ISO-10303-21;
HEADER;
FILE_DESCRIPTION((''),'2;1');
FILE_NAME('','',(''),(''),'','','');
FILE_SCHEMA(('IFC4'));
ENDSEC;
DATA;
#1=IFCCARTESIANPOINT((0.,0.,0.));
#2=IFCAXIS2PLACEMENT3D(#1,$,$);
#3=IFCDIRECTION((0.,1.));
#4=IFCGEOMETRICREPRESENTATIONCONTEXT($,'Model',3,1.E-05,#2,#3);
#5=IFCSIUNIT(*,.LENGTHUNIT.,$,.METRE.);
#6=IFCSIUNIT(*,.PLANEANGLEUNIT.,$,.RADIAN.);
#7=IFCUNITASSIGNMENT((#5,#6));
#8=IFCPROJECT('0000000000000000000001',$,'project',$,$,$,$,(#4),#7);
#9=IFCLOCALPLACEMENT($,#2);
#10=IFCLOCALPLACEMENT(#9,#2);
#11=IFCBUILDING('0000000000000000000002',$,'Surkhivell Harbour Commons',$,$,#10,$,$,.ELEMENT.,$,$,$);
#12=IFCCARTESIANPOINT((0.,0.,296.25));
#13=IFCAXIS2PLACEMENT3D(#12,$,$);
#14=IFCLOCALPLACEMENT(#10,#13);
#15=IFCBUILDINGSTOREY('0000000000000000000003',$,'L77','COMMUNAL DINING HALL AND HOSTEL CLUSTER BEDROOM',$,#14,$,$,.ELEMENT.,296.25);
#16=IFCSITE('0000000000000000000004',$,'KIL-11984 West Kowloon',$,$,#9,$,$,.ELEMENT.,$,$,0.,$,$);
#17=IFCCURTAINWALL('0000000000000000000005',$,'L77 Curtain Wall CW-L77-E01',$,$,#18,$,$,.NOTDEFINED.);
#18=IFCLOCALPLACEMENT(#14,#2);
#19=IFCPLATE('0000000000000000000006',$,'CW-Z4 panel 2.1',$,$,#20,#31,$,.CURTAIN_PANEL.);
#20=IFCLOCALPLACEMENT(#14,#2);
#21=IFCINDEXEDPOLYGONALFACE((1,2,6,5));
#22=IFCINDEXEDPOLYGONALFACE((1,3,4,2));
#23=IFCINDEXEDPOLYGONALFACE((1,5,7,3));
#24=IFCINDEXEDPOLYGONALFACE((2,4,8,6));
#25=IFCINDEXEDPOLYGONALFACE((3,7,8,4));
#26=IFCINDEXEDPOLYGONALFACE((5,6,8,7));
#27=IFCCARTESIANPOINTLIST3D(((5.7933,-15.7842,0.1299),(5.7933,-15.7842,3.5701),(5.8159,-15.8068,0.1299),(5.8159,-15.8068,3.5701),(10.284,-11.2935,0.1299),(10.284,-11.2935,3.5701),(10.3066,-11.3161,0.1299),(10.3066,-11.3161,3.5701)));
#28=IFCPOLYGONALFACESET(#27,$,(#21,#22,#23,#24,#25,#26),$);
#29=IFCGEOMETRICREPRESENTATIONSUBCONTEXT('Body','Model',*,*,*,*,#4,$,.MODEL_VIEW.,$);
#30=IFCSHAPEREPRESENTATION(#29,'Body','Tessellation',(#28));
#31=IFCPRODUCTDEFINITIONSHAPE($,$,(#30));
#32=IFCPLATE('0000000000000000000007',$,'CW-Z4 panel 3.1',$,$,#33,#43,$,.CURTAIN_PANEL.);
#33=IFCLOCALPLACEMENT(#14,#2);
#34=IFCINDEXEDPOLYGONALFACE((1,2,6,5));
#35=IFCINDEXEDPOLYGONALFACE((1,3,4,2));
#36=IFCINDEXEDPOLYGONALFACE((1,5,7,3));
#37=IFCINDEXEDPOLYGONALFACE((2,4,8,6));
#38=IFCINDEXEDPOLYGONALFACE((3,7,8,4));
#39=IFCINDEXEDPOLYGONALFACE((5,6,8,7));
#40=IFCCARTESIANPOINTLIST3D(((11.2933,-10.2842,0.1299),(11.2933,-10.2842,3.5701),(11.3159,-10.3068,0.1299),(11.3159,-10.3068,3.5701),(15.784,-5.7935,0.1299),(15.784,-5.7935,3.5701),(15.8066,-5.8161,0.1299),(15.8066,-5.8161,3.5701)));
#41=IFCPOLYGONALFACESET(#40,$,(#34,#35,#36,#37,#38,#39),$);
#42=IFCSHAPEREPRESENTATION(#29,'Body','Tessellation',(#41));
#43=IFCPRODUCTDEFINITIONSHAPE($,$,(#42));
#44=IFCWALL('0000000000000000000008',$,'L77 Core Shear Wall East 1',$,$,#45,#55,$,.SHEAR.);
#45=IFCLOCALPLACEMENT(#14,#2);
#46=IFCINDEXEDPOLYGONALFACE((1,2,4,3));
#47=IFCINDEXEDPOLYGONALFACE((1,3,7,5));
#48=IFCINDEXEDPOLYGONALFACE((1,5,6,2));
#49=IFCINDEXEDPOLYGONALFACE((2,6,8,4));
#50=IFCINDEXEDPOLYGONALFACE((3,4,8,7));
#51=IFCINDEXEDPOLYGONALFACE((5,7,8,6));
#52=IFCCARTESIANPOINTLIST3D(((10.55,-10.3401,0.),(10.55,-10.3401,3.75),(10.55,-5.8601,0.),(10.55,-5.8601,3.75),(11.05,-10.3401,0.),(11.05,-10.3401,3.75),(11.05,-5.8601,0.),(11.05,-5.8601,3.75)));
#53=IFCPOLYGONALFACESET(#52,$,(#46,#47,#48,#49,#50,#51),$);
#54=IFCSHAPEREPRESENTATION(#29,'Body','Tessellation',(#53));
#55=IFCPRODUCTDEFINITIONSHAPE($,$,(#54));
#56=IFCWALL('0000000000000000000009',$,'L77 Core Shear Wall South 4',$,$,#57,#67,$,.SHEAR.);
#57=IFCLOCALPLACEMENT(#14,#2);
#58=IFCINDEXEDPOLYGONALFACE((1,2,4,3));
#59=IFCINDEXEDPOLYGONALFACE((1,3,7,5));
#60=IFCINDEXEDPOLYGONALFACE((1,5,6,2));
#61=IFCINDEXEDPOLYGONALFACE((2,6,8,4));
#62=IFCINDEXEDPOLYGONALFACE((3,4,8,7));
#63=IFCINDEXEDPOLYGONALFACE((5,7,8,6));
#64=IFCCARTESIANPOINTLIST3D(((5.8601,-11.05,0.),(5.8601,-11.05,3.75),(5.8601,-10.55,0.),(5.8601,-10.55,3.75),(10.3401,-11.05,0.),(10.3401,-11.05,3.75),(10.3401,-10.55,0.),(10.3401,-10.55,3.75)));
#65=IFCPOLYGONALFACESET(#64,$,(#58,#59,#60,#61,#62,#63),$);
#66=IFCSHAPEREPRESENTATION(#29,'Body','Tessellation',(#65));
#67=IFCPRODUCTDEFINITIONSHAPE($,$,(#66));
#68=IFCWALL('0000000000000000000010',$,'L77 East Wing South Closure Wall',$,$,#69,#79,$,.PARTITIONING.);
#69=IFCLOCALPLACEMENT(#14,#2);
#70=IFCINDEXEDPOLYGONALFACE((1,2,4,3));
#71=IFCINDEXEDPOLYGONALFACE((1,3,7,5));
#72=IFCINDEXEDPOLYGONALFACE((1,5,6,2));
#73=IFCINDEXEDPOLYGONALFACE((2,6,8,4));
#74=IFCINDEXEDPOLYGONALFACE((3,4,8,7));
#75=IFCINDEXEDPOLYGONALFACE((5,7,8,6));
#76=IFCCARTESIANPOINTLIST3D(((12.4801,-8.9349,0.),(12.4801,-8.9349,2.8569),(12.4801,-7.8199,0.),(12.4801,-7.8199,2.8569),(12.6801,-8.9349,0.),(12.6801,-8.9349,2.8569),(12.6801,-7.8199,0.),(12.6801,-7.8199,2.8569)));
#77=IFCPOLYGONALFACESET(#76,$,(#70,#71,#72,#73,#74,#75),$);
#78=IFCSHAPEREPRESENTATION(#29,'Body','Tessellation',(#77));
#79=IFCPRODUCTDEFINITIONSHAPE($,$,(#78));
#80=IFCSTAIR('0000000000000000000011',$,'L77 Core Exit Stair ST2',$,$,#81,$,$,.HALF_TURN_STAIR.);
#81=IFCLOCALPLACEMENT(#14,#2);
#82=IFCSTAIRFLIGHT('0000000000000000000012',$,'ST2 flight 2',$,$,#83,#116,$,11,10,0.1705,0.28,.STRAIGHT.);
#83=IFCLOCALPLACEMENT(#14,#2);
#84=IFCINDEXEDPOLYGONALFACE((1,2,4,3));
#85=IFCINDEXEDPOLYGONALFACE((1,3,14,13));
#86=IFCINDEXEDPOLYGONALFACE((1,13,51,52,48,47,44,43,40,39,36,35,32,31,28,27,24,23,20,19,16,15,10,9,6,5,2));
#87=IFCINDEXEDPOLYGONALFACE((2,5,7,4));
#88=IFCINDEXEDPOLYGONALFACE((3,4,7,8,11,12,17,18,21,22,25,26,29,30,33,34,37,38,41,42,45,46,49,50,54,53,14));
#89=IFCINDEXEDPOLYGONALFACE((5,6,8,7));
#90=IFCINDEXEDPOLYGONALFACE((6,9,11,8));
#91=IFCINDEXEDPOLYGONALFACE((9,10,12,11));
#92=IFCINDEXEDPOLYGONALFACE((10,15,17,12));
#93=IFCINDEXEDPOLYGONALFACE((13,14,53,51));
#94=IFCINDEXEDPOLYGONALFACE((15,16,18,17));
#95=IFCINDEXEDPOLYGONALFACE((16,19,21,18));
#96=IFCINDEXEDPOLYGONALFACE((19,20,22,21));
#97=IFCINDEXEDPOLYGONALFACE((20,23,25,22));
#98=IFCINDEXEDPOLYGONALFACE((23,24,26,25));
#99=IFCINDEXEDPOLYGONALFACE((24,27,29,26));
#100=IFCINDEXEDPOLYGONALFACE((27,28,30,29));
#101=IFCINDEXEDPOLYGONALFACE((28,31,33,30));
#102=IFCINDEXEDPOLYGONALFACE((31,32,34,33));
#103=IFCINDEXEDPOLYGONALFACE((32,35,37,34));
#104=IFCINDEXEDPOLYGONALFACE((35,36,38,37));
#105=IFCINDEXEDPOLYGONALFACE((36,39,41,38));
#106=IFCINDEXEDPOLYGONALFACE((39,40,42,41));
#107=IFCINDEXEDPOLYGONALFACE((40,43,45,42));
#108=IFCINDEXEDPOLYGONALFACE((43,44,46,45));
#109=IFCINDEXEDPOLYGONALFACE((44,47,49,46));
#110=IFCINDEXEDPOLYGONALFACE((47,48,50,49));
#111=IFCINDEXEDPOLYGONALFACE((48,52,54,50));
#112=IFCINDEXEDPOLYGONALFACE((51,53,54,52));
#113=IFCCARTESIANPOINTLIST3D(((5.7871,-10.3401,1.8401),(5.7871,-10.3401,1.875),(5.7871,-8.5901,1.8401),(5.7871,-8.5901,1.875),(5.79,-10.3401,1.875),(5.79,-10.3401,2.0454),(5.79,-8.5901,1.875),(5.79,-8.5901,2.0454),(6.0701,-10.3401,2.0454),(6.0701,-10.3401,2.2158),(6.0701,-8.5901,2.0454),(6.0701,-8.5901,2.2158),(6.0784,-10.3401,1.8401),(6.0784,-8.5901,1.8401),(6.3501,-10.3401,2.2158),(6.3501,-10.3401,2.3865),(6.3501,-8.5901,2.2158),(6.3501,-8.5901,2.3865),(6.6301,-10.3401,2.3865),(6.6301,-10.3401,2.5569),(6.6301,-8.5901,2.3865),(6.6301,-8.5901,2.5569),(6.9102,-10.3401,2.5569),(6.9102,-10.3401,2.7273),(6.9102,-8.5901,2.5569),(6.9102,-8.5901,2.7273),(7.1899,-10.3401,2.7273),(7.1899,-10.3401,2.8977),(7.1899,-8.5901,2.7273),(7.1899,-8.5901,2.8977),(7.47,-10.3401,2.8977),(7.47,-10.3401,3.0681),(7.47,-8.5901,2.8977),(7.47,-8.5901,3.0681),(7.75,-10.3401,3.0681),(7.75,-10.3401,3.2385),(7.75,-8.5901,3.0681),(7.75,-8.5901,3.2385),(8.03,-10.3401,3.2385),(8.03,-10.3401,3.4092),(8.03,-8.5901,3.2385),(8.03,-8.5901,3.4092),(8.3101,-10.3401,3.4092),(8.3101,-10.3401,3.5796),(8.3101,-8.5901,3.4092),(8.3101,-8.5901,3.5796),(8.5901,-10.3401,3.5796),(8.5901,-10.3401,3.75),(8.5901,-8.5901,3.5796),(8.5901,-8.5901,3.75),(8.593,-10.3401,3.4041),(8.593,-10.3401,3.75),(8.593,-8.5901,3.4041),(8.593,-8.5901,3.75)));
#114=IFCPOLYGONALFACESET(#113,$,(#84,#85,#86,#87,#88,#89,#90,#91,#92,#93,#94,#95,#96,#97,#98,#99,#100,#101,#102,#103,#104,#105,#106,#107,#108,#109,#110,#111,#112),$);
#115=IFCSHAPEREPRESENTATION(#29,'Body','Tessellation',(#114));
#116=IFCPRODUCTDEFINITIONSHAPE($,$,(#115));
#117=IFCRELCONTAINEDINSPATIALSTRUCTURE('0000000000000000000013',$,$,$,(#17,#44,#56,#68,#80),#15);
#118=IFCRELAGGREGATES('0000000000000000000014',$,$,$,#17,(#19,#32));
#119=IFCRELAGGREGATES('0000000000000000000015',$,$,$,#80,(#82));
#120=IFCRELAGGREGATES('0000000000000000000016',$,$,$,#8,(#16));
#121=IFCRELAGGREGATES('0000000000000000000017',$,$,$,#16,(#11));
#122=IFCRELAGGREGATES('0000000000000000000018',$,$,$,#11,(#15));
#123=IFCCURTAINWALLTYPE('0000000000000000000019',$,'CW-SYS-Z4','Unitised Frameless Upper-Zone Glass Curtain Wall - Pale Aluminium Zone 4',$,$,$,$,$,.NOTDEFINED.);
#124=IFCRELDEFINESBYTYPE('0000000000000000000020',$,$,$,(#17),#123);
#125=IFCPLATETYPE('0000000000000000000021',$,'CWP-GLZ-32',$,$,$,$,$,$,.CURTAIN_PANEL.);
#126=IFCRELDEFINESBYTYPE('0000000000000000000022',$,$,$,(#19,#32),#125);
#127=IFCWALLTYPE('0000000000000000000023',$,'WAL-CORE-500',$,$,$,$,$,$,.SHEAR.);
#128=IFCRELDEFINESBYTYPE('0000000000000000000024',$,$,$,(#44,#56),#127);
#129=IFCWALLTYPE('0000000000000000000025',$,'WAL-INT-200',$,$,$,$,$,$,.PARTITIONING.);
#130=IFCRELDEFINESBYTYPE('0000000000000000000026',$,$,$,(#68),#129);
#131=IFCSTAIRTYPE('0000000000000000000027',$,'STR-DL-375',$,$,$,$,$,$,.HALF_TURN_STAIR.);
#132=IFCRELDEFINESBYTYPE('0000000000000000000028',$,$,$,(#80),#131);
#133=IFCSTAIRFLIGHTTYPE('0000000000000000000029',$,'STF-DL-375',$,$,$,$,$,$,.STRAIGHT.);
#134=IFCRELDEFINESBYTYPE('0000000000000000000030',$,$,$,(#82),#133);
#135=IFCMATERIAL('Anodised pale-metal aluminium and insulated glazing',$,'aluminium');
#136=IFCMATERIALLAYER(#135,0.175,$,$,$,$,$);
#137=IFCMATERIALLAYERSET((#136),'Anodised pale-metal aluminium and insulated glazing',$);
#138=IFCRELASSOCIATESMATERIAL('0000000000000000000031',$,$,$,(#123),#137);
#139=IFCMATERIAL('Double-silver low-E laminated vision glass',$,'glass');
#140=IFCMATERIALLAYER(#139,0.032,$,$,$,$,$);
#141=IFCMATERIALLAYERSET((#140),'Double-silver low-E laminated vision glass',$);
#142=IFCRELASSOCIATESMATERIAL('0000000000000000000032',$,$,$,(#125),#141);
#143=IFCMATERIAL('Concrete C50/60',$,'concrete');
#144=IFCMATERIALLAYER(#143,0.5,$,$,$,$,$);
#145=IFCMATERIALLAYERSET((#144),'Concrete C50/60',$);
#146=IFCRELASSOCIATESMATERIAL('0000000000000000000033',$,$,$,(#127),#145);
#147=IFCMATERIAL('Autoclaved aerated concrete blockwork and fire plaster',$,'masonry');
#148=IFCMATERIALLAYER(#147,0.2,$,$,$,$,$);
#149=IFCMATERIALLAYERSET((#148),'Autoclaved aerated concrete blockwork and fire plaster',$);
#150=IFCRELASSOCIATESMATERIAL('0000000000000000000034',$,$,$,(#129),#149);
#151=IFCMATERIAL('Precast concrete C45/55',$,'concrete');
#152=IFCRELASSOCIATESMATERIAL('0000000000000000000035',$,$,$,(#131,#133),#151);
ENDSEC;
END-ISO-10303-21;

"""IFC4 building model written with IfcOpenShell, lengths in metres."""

from ifc_helpers import new_model, si_unit, direction, frame, frame_2d, origin, place, context, subcontext, project, spatial, polyline, rectangle, outline, extrude, material, layer, layer_set, type_object, element, aggregate, save


model = new_model("IFC4")

# Units and contexts
model_context = context("Model", 3, precision=1e-05, world=origin(), true_north=direction((0.0, 1.0)))
body_context = subcontext(model_context, "Body", "Model", "MODEL_VIEW")
ifc_project = project(units=[si_unit("LENGTHUNIT", "METRE"), si_unit("PLANEANGLEUNIT", "RADIAN")], contexts=[model_context])

# Site, building, storey
site_placement = place(None, origin())
site = spatial("IfcSite", under=ifc_project, at=site_placement, Name="KIL-11984 West Kowloon", CompositionType="ELEMENT", RefElevation=0.0)
building_placement = place(site_placement, origin())
building = spatial("IfcBuilding", under=site, at=building_placement, Name="Surkhivell Harbour Commons", CompositionType="ELEMENT")
storey_placement = place(building_placement, frame((0.0, 0.0, 296.25)))
storey = spatial("IfcBuildingStorey", under=building, at=storey_placement, Name="L77", Description="COMMUNAL DINING HALL AND HOSTEL CLUSTER BEDROOM", CompositionType="ELEMENT", Elevation=296.25)

# Shared definitions
ifc_material_1 = material(Name="Concrete C50/60", Category="concrete")

# Curtain wall, plates
ifc_material_2 = material(Name="Anodised pale-metal aluminium and insulated glazing", Category="aluminium")
ifc_layer_1 = layer(ifc_material_2, 0.175)
ifc_layer_set_1 = layer_set([ifc_layer_1], Name="Anodised pale-metal aluminium and insulated glazing")
curtain_wall_type = type_object("IfcCurtainWallType", Name="CW-SYS-Z4", Description="Unitised Frameless Upper-Zone Glass Curtain Wall - Pale Aluminium Zone 4", PredefinedType="NOTDEFINED", material=ifc_layer_set_1)
curtain_wall_placement = place(storey_placement, origin())
curtain_wall = element("IfcCurtainWall", 1, at=curtain_wall_placement, inside=storey, type_object=curtain_wall_type, Name="L77 Curtain Wall CW-L77-E01", PredefinedType="NOTDEFINED")
ifc_material_3 = material(Name="Double-silver low-E laminated vision glass", Category="glass")
ifc_layer_2 = layer(ifc_material_3, 0.032)
ifc_layer_set_2 = layer_set([ifc_layer_2], Name="Double-silver low-E laminated vision glass")
plate_type = type_object("IfcPlateType", Name="CWP-GLZ-32", PredefinedType="CURTAIN_PANEL", material=ifc_layer_set_2)
plate_1_placement = place(storey_placement, frame((5.8047, -15.7954, 0.1299), z_axis=(0.0, 0.0, 1.0), x_axis=(0.707107, 0.707107, 0.0)))
plate_1 = element("IfcPlate", 2, at=plate_1_placement, type_object=plate_type, Name="CW-Z4 panel 2.1", PredefinedType="CURTAIN_PANEL", context=body_context, shape_type="SweptSolid", body=[
    extrude(rectangle(XDim=6.3508, YDim=0.032, at=frame_2d((3.1753, 0.0))), origin(), (0.0, 0.0, 1.0), 3.4402),
])
plate_2_placement = place(storey_placement, frame((11.3047, -10.2954, 0.1299), z_axis=(0.0, 0.0, 1.0), x_axis=(0.707107, 0.707107, 0.0)))
plate_2 = element("IfcPlate", 3, at=plate_2_placement, type_object=plate_type, Name="CW-Z4 panel 3.1", PredefinedType="CURTAIN_PANEL", context=body_context, shape_type="SweptSolid", body=[
    extrude(rectangle(XDim=6.3508, YDim=0.032, at=frame_2d((3.1753, 0.0))), origin(), (0.0, 0.0, 1.0), 3.4402),
])
aggregate(curtain_wall, [plate_1, plate_2])

# Walls
ifc_layer_3 = layer(ifc_material_1, 0.5)
ifc_layer_set_3 = layer_set([ifc_layer_3], Name="Concrete C50/60")
wall_type_1 = type_object("IfcWallType", Name="WAL-CORE-500", PredefinedType="SHEAR", material=ifc_layer_set_3)
for number, where, z_axis, x_axis, name in (
    (4, (10.8, -10.3401, 0.0), (0.0, 0.0, 1.0), (0.0, 1.0, 0.0), "L77 Core Shear Wall East 1"),
    (5, (5.8601, -10.8, 0.0), (0.0, 0.0, 1.0), (1.0, 0.0, 0.0), "L77 Core Shear Wall South 4"),
):
    element("IfcWall", number, at=place(storey_placement, frame(where, z_axis=z_axis, x_axis=x_axis)), inside=storey, type_object=wall_type_1, Name=name, PredefinedType="SHEAR", context=body_context, shape_type="SweptSolid", body=[
        extrude(rectangle(XDim=4.48, YDim=0.5, at=frame_2d((2.24, 0.0))), origin(), (0.0, 0.0, 1.0), 3.75),
    ])
ifc_material_4 = material(Name="Autoclaved aerated concrete blockwork and fire plaster", Category="masonry")
ifc_layer_4 = layer(ifc_material_4, 0.2)
ifc_layer_set_4 = layer_set([ifc_layer_4], Name="Autoclaved aerated concrete blockwork and fire plaster")
wall_type_2 = type_object("IfcWallType", Name="WAL-INT-200", PredefinedType="PARTITIONING", material=ifc_layer_set_4)
wall_placement = place(storey_placement, frame((12.5801, -8.9351, 0.0), z_axis=(0.0, 0.0, 1.0), x_axis=(0.0, 1.0, 0.0)))
element("IfcWall", 6, at=wall_placement, inside=storey, type_object=wall_type_2, Name="L77 East Wing South Closure Wall", PredefinedType="PARTITIONING", context=body_context, shape_type="SweptSolid", body=[
    extrude(rectangle(XDim=1.115, YDim=0.2, at=frame_2d((0.5576, 0.0))), origin(), (0.0, 0.0, 1.0), 2.8569),
])

# Stair, stair flight
ifc_material_5 = material(Name="Precast concrete C45/55", Category="concrete")
stair_type = type_object("IfcStairType", Name="STR-DL-375", PredefinedType="HALF_TURN_STAIR", material=ifc_material_5)
stair_placement = place(storey_placement, origin())
stair = element("IfcStair", 7, at=stair_placement, inside=storey, type_object=stair_type, Name="L77 Core Exit Stair ST2", PredefinedType="HALF_TURN_STAIR")
stair_flight_type = type_object("IfcStairFlightType", Name="STF-DL-375", PredefinedType="STRAIGHT", material=ifc_material_5)
stair_flight_placement = place(storey_placement, frame((5.79, -9.4651, 1.875), z_axis=(0.0, 0.0, 1.0), x_axis=(1.0, 0.0, 0.0)))
stair_flight = element("IfcStairFlight", 8, at=stair_flight_placement, type_object=stair_flight_type, Name="ST2 flight 2", NumberOfRisers=11, NumberOfTreads=10, PredefinedType="STRAIGHT", RiserHeight=0.1705, TreadLength=0.28, context=body_context, shape_type="SweptSolid", body=[
    extrude(outline(polyline([(-0.0029, -0.0349), (-0.0029, 0.0), (0.0, 0.0), (0.0, 0.1704), (0.28, 0.1704), (0.28, 0.3408), (0.5601, 0.3408), (0.5601, 0.5115), (0.8401, 0.5115), (0.8401, 0.6819), (1.1201, 0.6819), (1.1201, 0.8523), (1.3999, 0.8523), (1.3999, 1.0227), (1.6799, 1.0227), (1.6799, 1.1931), (1.96, 1.1931), (1.96, 1.3635), (2.24, 1.3635), (2.24, 1.5342), (2.52, 1.5342), (2.52, 1.7046), (2.8, 1.7046), (2.8, 1.875), (2.803, 1.875), (2.803, 1.5291), (0.2883, -0.0349), (-0.0029, -0.0349)])), frame((0.0, 0.875, 0.0), z_axis=(0.0, -1.0, 0.0), x_axis=(1.0, 0.0, 0.0)), (0.0, 0.0, 1.0), 1.75),
])
aggregate(stair, [stair_flight])

save(model, "model.ifc")
